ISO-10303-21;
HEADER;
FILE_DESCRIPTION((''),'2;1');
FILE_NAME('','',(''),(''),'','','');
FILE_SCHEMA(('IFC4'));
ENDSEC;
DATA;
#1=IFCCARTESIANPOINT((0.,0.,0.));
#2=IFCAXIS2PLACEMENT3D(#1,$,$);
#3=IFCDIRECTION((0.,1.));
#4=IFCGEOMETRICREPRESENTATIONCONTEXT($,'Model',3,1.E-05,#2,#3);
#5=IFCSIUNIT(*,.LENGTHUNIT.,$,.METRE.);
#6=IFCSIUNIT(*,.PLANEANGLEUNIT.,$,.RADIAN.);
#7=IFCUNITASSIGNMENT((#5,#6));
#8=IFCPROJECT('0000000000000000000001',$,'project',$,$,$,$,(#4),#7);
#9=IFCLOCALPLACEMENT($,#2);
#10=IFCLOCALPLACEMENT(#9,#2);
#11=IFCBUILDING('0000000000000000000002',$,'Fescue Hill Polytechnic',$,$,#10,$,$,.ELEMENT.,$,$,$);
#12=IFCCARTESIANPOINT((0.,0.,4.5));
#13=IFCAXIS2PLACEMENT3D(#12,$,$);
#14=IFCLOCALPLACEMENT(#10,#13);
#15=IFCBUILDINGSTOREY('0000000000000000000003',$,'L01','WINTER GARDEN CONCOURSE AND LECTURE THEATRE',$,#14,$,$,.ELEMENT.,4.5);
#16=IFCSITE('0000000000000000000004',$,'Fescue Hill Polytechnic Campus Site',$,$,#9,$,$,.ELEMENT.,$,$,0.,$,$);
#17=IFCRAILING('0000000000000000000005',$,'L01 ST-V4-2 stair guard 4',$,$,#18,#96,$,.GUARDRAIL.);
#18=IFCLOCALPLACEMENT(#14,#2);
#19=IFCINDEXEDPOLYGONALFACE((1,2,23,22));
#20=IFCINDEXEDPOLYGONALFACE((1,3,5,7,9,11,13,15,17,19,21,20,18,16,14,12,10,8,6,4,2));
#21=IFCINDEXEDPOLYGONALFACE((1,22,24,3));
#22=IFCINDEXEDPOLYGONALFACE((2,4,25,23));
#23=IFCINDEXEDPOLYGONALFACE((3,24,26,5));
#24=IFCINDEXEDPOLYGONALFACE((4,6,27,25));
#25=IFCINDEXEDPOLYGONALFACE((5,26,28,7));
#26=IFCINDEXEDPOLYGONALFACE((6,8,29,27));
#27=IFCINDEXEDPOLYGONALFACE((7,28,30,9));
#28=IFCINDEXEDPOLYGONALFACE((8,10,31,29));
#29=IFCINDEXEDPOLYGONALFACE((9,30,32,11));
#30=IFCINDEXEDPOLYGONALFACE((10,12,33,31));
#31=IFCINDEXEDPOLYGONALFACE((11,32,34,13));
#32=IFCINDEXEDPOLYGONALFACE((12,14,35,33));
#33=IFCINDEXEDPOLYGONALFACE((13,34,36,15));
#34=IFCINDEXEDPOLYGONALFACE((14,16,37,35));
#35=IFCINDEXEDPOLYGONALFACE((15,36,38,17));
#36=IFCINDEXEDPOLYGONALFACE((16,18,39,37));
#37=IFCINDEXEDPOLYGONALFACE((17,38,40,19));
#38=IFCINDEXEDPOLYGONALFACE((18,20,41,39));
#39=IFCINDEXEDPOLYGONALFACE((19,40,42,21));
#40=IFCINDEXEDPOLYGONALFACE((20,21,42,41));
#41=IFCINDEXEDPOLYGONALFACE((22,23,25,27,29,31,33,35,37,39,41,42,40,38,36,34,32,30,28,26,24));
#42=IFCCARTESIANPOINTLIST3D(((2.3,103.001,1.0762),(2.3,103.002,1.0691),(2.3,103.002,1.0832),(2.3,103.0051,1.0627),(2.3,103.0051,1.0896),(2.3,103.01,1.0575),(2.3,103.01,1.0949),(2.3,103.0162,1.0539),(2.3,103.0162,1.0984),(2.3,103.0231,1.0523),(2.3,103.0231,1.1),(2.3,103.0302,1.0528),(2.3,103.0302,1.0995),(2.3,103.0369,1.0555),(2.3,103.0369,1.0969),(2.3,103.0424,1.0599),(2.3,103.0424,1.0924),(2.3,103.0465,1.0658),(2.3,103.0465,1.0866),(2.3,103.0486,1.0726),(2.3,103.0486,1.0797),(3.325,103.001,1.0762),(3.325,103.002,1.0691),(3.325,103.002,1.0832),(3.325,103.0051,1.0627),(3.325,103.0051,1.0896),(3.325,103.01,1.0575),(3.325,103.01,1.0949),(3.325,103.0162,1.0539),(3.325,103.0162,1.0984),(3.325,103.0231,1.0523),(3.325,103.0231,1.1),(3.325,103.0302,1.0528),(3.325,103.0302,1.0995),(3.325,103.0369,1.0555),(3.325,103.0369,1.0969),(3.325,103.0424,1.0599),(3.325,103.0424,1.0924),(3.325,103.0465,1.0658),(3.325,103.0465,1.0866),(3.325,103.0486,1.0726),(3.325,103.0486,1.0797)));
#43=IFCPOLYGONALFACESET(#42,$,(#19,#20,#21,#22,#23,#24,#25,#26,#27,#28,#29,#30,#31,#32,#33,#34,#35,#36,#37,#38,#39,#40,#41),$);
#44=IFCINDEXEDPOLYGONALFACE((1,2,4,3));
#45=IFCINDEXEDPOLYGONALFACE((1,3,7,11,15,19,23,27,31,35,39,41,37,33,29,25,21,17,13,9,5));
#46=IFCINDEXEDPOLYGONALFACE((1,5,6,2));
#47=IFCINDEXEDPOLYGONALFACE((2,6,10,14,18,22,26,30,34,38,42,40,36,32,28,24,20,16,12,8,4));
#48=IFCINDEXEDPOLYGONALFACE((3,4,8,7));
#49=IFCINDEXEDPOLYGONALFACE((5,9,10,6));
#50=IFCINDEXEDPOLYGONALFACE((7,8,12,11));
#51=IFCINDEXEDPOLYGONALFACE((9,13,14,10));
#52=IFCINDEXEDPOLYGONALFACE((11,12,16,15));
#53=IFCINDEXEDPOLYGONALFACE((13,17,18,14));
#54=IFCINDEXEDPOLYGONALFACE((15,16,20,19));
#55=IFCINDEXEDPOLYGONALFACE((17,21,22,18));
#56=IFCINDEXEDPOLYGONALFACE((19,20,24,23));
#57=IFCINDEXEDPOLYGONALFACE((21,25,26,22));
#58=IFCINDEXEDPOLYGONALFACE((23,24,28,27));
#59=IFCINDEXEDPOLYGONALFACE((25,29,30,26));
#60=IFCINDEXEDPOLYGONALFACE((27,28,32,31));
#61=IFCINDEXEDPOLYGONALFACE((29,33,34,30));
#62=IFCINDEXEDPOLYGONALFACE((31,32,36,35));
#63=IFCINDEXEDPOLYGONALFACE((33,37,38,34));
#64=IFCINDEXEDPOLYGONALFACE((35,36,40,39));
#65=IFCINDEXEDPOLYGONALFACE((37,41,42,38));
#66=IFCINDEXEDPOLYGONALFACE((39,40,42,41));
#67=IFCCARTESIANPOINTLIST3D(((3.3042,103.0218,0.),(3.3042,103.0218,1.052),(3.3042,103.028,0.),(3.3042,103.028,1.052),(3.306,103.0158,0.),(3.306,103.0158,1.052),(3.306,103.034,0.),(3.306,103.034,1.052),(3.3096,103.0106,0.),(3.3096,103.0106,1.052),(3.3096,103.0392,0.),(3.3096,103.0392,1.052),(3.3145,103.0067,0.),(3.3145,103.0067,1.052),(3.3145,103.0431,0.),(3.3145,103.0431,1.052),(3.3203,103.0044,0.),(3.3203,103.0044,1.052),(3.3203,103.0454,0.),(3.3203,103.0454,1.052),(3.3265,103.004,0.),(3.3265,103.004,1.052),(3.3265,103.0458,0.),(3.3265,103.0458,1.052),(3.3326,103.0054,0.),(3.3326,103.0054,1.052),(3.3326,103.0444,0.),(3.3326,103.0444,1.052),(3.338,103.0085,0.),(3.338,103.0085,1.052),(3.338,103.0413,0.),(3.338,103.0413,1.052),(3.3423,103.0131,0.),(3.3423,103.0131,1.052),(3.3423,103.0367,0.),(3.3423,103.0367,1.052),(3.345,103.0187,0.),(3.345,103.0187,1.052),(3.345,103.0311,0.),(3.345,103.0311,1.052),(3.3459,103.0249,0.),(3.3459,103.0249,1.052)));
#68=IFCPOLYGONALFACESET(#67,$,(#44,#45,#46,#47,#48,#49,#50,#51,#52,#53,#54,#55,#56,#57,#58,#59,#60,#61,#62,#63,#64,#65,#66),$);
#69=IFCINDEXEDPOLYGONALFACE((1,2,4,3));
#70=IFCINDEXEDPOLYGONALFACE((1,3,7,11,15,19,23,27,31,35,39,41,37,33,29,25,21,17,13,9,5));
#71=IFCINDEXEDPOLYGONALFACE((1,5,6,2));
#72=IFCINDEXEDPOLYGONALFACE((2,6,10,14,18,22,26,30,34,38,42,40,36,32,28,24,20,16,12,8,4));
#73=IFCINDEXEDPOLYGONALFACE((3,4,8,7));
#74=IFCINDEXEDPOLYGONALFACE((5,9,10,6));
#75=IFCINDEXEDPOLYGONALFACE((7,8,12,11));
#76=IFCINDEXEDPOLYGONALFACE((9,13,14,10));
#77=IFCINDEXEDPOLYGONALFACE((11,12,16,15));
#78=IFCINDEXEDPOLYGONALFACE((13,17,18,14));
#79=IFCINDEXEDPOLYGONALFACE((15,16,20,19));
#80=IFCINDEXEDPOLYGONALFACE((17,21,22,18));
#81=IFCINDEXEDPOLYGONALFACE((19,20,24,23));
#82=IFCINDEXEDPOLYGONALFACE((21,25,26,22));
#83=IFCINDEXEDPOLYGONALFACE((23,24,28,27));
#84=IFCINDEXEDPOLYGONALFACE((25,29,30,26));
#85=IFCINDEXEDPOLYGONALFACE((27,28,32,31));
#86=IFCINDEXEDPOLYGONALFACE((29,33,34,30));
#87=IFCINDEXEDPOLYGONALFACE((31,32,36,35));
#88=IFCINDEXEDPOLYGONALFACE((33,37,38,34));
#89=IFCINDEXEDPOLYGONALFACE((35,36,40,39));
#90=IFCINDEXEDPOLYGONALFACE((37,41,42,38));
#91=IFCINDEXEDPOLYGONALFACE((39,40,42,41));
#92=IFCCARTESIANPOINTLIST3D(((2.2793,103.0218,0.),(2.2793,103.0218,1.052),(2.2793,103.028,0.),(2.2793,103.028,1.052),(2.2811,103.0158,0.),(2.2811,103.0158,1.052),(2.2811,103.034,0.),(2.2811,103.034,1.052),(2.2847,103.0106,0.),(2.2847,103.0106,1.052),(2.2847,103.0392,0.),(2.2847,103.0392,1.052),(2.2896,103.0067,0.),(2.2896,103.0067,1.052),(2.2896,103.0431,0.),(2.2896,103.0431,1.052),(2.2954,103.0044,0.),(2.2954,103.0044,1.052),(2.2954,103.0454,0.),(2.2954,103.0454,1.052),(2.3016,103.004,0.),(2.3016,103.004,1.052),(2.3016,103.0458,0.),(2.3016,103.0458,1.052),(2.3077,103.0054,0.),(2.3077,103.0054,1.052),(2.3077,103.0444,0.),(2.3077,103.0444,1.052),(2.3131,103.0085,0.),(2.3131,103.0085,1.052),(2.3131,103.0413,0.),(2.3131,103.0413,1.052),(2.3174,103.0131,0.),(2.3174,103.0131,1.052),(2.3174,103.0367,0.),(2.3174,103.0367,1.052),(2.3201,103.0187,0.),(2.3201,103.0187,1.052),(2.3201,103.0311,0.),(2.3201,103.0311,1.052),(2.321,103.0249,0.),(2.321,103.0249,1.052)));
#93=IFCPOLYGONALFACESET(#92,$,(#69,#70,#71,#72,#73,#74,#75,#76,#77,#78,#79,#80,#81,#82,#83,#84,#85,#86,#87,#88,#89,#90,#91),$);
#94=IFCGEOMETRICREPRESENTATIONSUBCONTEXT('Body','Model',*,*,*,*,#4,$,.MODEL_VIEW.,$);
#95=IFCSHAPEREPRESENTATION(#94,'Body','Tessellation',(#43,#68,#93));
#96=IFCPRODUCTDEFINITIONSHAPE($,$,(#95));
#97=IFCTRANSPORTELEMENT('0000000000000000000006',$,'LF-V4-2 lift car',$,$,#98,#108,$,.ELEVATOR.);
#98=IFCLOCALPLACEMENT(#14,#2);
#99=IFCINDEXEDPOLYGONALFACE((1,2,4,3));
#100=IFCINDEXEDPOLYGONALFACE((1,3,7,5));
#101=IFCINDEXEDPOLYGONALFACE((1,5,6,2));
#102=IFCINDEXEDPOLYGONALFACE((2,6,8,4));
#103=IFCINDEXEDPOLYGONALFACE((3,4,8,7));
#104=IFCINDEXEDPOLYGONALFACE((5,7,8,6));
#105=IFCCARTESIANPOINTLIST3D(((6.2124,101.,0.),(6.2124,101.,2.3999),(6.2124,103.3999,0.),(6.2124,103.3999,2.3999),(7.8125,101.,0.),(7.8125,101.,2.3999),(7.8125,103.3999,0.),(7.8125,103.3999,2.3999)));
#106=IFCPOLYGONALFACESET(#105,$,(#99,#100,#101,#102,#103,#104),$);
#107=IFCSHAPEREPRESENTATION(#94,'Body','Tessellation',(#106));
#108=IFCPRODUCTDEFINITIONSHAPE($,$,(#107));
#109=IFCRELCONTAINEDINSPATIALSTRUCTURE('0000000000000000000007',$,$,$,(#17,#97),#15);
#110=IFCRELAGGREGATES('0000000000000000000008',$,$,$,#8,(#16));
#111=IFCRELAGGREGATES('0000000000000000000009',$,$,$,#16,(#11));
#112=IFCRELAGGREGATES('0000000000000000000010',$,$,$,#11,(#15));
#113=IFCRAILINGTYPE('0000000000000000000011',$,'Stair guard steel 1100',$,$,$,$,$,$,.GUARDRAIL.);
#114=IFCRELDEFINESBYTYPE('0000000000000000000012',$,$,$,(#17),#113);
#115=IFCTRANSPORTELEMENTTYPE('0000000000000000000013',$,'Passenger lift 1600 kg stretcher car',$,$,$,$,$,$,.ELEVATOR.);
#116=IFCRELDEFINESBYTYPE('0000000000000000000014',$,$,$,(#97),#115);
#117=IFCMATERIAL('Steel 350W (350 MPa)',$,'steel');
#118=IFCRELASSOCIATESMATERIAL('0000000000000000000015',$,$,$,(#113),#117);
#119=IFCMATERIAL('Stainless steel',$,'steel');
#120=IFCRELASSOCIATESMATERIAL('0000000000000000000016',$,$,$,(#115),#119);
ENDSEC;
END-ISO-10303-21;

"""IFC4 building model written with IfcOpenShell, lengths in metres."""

from ifc_helpers import new_model, si_unit, direction, frame, origin, origin_2d, place, context, subcontext, project, spatial, rectangle, circle, extrude, material, type_object, element, save


model = new_model("IFC4")

# Units and contexts
model_context = context("Model", 3, precision=1e-05, world=origin(), true_north=direction((0.0, 1.0)))
body_context = subcontext(model_context, "Body", "Model", "MODEL_VIEW")
ifc_project = project(units=[si_unit("LENGTHUNIT", "METRE"), si_unit("PLANEANGLEUNIT", "RADIAN")], contexts=[model_context])

# Site, building, storey
site_placement = place(None, origin())
site = spatial("IfcSite", under=ifc_project, at=site_placement, Name="Fescue Hill Polytechnic Campus Site", CompositionType="ELEMENT", RefElevation=0.0)
building_placement = place(site_placement, origin())
building = spatial("IfcBuilding", under=site, at=building_placement, Name="Fescue Hill Polytechnic", CompositionType="ELEMENT")
storey_placement = place(building_placement, frame((0.0, 0.0, 4.5)))
storey = spatial("IfcBuildingStorey", under=building, at=storey_placement, Name="L01", Description="WINTER GARDEN CONCOURSE AND LECTURE THEATRE", CompositionType="ELEMENT", Elevation=4.5)

# Shared definitions
ifc_material_1 = material(Name="Stainless steel", Category="steel")

# Railing
ifc_material_2 = material(Name="Steel 350W (350 MPa)", Category="steel")
railing_type = type_object("IfcRailingType", Name="Stair guard steel 1100", PredefinedType="GUARDRAIL", material=ifc_material_2)
railing_1_placement = place(storey_placement, frame((3.325, 103.0249, 0.0)))
element("IfcRailing", 1, at=railing_1_placement, inside=storey, type_object=railing_type, Name="L01 ST-V4-2 stair guard 4", PredefinedType="GUARDRAIL", context=body_context, shape_type="SweptSolid", body=[
    extrude(circle(Radius=0.0239, at=origin_2d()), frame((0.0, 0.0, 1.0762), z_axis=(-1.0, 0.0, 0.0), x_axis=(0.0, -1.0, 0.0)), (0.0, 0.0, 1.0), 1.0249),
    extrude(circle(Radius=0.021, at=origin_2d()), origin(), (0.0, 0.0, 1.0), 1.052),
    extrude(circle(Radius=0.021, at=origin_2d()), frame((-1.0249, 0.0, 0.0)), (0.0, 0.0, 1.0), 1.052),
])

# Transport element
transport_element_type = type_object("IfcTransportElementType", Name="Passenger lift 1600 kg stretcher car", PredefinedType="ELEVATOR", material=ifc_material_1)
transport_element_placement = place(storey_placement, frame((7.0125, 102.2, 0.0), z_axis=(0.0, 0.0, 1.0), x_axis=(1.0, 0.0, 0.0)))
element("IfcTransportElement", 2, at=transport_element_placement, inside=storey, type_object=transport_element_type, Name="LF-V4-2 lift car", PredefinedType="ELEVATOR", context=body_context, shape_type="SweptSolid", body=[
    extrude(rectangle(XDim=1.6001, YDim=2.3999, at=origin_2d()), origin(), (0.0, 0.0, 1.0), 2.3999),
])

save(model, "model.ifc")
